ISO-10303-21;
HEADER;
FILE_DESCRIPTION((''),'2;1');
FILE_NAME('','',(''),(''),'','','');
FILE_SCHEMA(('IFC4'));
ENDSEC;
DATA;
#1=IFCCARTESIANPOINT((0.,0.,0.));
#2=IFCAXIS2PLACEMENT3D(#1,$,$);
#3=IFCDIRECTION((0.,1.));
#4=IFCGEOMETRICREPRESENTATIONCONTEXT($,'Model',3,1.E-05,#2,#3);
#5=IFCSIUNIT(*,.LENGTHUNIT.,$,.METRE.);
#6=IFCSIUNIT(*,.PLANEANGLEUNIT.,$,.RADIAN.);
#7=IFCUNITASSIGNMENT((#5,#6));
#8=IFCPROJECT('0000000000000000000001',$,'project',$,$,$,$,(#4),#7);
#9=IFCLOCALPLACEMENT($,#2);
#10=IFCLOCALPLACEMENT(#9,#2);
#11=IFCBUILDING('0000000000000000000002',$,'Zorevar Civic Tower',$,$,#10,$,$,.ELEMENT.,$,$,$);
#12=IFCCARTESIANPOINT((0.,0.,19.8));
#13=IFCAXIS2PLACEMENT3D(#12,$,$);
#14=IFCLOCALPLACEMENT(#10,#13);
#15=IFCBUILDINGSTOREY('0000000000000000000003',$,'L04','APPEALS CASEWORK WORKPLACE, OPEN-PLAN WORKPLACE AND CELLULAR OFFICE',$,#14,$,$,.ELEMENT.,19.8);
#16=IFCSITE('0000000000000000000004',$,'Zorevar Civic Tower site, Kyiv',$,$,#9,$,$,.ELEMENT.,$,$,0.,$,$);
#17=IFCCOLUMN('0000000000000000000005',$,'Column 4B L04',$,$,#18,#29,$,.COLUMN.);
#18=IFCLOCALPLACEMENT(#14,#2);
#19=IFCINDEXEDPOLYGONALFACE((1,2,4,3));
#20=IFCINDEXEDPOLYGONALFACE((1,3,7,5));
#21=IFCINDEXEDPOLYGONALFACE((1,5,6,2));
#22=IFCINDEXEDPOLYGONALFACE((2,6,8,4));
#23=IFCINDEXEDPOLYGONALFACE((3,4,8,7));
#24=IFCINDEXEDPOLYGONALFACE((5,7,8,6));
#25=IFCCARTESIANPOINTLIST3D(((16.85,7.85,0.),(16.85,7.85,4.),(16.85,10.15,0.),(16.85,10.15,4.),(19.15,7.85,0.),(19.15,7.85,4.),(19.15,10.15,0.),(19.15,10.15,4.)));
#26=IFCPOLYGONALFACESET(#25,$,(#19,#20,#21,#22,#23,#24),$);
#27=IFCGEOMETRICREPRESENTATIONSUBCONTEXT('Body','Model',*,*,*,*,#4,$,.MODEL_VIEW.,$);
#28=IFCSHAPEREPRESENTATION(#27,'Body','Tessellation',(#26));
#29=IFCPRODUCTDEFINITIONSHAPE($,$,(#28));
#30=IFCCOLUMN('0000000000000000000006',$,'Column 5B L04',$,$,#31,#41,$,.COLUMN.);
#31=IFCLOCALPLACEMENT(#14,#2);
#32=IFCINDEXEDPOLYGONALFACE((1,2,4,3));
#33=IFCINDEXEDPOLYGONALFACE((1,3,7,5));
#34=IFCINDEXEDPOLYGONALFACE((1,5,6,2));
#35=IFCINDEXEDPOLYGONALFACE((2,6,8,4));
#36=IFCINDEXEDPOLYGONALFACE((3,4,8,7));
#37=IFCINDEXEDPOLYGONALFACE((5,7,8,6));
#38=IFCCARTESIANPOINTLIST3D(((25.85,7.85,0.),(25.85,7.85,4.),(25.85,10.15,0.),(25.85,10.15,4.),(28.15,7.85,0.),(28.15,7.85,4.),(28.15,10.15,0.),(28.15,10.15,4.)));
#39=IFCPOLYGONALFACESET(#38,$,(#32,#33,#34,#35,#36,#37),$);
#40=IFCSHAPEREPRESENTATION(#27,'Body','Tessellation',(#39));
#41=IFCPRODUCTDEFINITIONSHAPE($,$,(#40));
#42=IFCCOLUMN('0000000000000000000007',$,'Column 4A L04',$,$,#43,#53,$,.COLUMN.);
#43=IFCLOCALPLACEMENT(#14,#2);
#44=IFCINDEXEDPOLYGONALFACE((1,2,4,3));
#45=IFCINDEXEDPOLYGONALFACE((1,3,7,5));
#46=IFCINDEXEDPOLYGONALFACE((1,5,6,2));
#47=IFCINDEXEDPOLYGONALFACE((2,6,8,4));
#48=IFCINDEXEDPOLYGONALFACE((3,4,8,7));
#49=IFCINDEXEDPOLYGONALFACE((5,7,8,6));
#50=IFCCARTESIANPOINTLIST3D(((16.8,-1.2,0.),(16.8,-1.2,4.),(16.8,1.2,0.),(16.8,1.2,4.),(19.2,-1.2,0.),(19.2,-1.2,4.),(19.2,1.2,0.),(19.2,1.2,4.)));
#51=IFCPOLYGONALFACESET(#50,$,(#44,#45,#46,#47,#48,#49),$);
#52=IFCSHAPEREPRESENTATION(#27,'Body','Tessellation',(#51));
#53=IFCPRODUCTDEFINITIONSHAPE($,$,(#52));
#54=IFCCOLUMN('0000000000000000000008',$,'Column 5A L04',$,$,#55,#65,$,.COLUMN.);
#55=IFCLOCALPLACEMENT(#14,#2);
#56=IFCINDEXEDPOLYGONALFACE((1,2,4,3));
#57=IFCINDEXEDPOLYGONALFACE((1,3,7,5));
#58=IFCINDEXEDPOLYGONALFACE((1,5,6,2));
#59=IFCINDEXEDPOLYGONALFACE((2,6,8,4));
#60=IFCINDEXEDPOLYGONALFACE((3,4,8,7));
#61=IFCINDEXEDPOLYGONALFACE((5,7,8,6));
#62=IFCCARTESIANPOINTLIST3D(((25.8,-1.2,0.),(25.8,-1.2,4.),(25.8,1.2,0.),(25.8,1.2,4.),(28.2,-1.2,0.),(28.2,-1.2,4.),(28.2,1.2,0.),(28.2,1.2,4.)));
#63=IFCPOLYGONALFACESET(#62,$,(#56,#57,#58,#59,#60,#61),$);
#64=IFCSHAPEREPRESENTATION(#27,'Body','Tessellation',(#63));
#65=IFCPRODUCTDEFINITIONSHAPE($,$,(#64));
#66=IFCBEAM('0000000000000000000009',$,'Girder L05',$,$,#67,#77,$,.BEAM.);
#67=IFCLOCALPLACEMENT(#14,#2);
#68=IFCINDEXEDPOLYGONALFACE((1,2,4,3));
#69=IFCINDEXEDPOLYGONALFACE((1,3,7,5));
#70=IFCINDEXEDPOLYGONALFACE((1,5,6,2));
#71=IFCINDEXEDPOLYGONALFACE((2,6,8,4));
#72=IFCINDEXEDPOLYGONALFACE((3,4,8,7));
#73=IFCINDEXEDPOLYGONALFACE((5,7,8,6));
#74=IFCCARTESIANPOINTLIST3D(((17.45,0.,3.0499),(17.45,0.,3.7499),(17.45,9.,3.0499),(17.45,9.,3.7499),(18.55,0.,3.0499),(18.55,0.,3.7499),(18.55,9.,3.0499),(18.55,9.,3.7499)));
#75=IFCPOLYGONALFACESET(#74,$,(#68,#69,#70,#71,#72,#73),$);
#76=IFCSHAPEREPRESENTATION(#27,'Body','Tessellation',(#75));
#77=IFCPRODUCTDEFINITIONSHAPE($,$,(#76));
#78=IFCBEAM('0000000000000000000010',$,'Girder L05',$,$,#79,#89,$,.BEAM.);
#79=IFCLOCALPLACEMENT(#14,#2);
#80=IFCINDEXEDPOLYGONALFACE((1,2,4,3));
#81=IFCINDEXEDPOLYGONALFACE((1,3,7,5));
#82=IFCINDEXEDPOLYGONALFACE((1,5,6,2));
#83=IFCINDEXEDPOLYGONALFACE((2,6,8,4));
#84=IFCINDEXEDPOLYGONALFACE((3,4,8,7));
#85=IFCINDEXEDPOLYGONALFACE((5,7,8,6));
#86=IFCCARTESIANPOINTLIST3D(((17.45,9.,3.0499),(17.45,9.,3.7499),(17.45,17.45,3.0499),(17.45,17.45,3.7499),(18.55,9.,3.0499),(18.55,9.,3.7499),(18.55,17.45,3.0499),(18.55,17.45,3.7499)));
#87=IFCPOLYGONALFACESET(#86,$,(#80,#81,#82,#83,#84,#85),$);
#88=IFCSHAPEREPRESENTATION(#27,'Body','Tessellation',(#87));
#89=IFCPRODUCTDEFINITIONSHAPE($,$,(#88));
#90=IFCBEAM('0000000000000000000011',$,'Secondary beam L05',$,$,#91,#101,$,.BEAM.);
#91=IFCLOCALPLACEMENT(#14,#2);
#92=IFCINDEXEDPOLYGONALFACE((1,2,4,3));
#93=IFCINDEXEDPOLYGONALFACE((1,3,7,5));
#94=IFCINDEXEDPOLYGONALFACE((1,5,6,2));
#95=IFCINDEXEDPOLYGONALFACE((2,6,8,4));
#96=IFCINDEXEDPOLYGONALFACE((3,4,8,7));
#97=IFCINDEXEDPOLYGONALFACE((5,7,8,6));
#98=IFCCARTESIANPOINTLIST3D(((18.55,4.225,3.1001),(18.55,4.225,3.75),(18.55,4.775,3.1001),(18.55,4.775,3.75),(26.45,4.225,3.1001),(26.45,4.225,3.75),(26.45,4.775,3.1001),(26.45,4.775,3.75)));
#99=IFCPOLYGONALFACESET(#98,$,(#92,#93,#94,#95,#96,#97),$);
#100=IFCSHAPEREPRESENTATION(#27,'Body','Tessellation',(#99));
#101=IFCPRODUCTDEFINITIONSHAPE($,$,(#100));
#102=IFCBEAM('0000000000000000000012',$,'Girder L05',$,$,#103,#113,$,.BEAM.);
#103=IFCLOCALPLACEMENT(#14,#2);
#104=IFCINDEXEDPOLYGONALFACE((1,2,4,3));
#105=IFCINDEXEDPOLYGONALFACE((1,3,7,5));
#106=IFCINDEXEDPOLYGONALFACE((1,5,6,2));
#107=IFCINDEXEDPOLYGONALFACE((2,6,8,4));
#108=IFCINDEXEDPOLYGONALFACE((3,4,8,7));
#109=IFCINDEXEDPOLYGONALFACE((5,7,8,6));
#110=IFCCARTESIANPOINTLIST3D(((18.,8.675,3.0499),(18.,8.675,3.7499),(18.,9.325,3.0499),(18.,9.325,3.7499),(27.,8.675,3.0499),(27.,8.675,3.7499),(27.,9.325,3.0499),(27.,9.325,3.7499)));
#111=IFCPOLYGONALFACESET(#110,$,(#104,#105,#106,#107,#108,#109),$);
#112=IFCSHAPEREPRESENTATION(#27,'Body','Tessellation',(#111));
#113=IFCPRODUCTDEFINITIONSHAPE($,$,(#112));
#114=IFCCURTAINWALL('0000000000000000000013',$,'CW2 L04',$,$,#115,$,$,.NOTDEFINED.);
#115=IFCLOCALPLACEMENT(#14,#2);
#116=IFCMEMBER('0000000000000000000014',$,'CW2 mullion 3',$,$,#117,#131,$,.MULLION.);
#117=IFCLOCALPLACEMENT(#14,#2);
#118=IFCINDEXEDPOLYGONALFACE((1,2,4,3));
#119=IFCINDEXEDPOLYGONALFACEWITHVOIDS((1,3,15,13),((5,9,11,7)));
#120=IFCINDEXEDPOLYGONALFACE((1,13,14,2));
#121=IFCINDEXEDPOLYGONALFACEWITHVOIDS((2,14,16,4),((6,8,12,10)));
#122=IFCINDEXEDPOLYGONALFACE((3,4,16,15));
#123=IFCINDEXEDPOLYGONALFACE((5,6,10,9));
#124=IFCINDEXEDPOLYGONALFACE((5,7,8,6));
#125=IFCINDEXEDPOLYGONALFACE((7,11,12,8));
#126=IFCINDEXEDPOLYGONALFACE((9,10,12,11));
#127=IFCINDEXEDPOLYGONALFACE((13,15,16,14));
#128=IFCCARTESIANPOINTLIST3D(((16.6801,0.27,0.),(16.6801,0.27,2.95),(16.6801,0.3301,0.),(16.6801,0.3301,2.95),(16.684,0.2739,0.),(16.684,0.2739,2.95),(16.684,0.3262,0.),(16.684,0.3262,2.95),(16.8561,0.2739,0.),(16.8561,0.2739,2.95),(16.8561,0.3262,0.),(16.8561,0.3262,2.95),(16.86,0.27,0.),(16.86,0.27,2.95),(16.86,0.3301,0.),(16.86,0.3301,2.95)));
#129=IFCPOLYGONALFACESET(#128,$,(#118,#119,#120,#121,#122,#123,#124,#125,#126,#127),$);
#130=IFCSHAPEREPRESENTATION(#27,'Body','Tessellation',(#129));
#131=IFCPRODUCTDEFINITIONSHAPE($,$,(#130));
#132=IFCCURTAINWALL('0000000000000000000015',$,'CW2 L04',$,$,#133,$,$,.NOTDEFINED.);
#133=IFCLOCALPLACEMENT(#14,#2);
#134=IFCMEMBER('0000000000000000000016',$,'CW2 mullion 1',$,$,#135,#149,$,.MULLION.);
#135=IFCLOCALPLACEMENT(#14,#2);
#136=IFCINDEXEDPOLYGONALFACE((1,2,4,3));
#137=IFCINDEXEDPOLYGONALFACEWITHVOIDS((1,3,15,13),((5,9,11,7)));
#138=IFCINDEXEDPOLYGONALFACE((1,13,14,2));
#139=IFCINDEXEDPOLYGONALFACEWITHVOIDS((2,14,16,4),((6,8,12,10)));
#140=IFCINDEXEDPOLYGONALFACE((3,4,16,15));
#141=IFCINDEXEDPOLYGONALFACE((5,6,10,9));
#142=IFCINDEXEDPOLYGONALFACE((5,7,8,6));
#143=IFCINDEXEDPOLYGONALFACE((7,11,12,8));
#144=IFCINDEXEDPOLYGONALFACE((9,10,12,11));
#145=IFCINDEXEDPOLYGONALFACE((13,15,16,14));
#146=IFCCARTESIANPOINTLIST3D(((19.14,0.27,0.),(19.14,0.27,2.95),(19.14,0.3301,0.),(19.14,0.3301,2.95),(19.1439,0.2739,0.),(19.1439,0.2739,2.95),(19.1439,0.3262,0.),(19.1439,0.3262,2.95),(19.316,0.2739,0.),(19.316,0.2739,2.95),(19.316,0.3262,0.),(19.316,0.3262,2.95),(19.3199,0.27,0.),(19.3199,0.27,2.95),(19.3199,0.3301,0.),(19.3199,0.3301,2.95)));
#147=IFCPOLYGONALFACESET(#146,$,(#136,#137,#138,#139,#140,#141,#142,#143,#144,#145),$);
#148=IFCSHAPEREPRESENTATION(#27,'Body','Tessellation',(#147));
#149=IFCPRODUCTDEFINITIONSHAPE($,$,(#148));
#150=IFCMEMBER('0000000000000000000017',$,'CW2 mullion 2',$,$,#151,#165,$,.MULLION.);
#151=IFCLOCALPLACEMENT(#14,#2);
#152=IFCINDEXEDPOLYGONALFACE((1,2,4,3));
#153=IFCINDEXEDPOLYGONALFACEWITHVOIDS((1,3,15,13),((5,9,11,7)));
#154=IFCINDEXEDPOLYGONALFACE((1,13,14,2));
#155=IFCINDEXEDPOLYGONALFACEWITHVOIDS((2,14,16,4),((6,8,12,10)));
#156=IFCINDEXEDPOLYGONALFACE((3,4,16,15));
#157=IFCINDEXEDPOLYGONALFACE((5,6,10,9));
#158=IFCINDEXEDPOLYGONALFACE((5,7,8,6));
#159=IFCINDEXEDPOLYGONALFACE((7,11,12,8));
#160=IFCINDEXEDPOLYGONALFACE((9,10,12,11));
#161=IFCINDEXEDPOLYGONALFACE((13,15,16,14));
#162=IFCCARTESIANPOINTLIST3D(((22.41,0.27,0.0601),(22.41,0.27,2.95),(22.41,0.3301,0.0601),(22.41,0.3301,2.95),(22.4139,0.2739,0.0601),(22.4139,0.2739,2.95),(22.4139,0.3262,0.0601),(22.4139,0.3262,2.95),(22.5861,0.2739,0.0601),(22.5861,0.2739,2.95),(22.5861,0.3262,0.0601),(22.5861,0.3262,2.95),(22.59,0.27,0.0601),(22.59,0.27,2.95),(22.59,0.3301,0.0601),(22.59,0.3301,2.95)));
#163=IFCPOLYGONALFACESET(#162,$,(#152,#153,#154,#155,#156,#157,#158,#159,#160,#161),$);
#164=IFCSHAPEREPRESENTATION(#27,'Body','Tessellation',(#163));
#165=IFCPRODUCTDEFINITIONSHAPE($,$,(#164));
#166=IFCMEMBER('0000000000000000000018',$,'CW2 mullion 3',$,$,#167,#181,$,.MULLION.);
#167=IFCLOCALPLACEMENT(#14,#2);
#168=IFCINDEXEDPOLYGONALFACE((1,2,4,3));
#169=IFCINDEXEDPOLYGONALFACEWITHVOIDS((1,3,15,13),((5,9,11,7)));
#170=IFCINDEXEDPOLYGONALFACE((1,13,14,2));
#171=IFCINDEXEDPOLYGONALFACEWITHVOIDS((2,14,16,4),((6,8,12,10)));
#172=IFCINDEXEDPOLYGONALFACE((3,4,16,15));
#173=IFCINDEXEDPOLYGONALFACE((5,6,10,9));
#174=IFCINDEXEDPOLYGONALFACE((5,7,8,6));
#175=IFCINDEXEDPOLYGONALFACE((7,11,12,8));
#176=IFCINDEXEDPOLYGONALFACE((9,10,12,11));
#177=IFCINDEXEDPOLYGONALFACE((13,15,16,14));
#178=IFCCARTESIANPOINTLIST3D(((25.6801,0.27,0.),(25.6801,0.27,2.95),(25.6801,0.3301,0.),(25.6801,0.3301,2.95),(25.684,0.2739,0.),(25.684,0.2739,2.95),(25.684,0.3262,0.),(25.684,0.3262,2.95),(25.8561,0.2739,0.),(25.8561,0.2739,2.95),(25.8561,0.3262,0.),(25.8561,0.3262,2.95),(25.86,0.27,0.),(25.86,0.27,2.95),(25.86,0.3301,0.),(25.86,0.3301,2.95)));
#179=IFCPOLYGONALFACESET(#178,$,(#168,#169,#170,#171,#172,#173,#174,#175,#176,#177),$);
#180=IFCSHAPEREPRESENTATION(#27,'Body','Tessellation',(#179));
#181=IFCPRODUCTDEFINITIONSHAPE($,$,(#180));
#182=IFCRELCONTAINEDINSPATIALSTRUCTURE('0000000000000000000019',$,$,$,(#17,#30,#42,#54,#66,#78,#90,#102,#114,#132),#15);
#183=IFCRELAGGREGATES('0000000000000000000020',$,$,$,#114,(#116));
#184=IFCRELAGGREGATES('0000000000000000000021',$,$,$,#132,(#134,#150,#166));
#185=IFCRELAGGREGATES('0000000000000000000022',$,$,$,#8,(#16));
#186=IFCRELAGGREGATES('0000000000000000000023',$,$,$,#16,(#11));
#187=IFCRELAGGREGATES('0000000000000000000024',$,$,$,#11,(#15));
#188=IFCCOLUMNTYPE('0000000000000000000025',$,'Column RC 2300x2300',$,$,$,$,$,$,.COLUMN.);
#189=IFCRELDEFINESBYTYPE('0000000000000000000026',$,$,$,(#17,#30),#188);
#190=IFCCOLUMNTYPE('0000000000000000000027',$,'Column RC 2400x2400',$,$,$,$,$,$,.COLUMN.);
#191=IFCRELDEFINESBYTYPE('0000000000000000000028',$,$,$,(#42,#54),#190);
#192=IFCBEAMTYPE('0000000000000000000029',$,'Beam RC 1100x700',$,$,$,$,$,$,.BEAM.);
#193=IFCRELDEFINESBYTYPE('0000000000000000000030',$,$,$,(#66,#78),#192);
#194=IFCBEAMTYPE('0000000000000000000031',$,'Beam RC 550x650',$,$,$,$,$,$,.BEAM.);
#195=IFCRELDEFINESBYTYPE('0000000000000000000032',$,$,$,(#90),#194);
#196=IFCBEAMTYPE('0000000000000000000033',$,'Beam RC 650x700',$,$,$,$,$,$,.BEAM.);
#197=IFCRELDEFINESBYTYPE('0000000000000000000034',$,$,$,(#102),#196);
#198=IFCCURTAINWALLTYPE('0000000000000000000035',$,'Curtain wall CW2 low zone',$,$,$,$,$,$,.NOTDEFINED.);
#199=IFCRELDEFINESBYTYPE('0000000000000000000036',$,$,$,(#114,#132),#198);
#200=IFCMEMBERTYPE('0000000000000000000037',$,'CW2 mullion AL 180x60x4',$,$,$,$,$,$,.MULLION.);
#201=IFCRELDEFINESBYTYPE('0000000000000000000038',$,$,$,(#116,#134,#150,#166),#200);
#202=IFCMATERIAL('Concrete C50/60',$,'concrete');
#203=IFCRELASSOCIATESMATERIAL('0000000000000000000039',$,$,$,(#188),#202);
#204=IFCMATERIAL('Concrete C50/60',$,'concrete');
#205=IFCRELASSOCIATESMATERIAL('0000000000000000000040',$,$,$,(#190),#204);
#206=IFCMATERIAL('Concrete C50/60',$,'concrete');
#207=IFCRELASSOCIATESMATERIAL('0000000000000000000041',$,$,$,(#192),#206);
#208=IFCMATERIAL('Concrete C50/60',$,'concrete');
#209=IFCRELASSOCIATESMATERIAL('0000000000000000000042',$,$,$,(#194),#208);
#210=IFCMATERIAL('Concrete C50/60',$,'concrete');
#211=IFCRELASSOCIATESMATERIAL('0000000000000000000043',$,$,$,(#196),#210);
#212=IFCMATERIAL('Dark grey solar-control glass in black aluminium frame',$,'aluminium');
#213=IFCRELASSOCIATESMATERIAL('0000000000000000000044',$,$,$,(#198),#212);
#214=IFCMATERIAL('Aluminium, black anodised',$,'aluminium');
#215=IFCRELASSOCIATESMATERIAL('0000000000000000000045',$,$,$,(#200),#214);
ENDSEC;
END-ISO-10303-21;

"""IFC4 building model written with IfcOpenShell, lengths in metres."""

from ifc_helpers import new_model, si_unit, direction, frame, origin, origin_2d, place, context, subcontext, project, spatial, rectangle, hollow_rectangle, extrude, material, material_profile, profile_set, type_object, element, aggregate, save


model = new_model("IFC4")

# Units and contexts
model_context = context("Model", 3, precision=1e-05, world=origin(), true_north=direction((0.0, 1.0)))
body_context = subcontext(model_context, "Body", "Model", "MODEL_VIEW")
ifc_project = project(units=[si_unit("LENGTHUNIT", "METRE"), si_unit("PLANEANGLEUNIT", "RADIAN")], contexts=[model_context])

# Site, building, storey
site_placement = place(None, origin())
site = spatial("IfcSite", under=ifc_project, at=site_placement, Name="Zorevar Civic Tower site, Kyiv", CompositionType="ELEMENT", RefElevation=0.0)
building_placement = place(site_placement, origin())
building = spatial("IfcBuilding", under=site, at=building_placement, Name="Zorevar Civic Tower", CompositionType="ELEMENT")
storey_placement = place(building_placement, frame((0.0, 0.0, 19.8)))
storey = spatial("IfcBuildingStorey", under=building, at=storey_placement, Name="L04", Description="APPEALS CASEWORK WORKPLACE, OPEN-PLAN WORKPLACE AND CELLULAR OFFICE", CompositionType="ELEMENT", Elevation=19.8)

# Columns
ifc_material_1 = material(Name="Concrete C50/60", Category="concrete")
ifc_material_profile_1 = material_profile(ifc_material_1, rectangle(XDim=2.3, YDim=2.3, at=origin_2d()), Name="RC 2300x2300")
ifc_profile_set_1 = profile_set([ifc_material_profile_1], Name="Concrete C50/60")
column_type_1 = type_object("IfcColumnType", Name="Column RC 2300x2300", PredefinedType="COLUMN", material=ifc_profile_set_1)
for number, where, z_axis, x_axis, name in (
    (1, (18.0, 9.0, 0.0), (0.0, 0.0, 1.0), (1.0, 0.0, 0.0), "Column 4B L04"),
    (2, (27.0, 9.0, 0.0), (0.0, 0.0, 1.0), (1.0, 0.0, 0.0), "Column 5B L04"),
):
    element("IfcColumn", number, at=place(storey_placement, frame(where, z_axis=z_axis, x_axis=x_axis)), inside=storey, type_object=column_type_1, Name=name, PredefinedType="COLUMN", context=body_context, shape_type="SweptSolid", body=[
        extrude(rectangle(XDim=2.3, YDim=2.3, at=origin_2d()), origin(), (0.0, 0.0, 1.0), 4.0),
    ])
ifc_material_2 = material(Name="Concrete C50/60", Category="concrete")
ifc_material_profile_2 = material_profile(ifc_material_2, rectangle(XDim=2.3999, YDim=2.3999, at=origin_2d()), Name="RC 2400x2400")
ifc_profile_set_2 = profile_set([ifc_material_profile_2], Name="Concrete C50/60")
column_type_2 = type_object("IfcColumnType", Name="Column RC 2400x2400", PredefinedType="COLUMN", material=ifc_profile_set_2)
for number, where, z_axis, x_axis, name in (
    (3, (18.0, 0.0, 0.0), (0.0, 0.0, 1.0), (1.0, 0.0, 0.0), "Column 4A L04"),
    (4, (27.0, 0.0, 0.0), (0.0, 0.0, 1.0), (1.0, 0.0, 0.0), "Column 5A L04"),
):
    element("IfcColumn", number, at=place(storey_placement, frame(where, z_axis=z_axis, x_axis=x_axis)), inside=storey, type_object=column_type_2, Name=name, PredefinedType="COLUMN", context=body_context, shape_type="SweptSolid", body=[
        extrude(rectangle(XDim=2.3999, YDim=2.3999, at=origin_2d()), origin(), (0.0, 0.0, 1.0), 4.0),
    ])

# Beams
ifc_material_3 = material(Name="Concrete C50/60", Category="concrete")
ifc_material_profile_3 = material_profile(ifc_material_3, rectangle(XDim=1.1001, YDim=0.7, at=origin_2d()), Name="RC 1100x700")
ifc_profile_set_3 = profile_set([ifc_material_profile_3], Name="Concrete C50/60")
beam_type_1 = type_object("IfcBeamType", Name="Beam RC 1100x700", PredefinedType="BEAM", material=ifc_profile_set_3)
beam_1_placement = place(storey_placement, frame((18.0, 0.0, 3.3999), z_axis=(0.0, 1.0, 0.0), x_axis=(-1.0, 0.0, 0.0)))
element("IfcBeam", 5, at=beam_1_placement, inside=storey, type_object=beam_type_1, Name="Girder L05", PredefinedType="BEAM", context=body_context, shape_type="SweptSolid", body=[
    extrude(rectangle(XDim=1.1001, YDim=0.7, at=origin_2d()), origin(), (0.0, 0.0, 1.0), 9.0),
])
beam_2_placement = place(storey_placement, frame((18.0, 9.0, 3.3999), z_axis=(0.0, 1.0, 0.0), x_axis=(-1.0, 0.0, 0.0)))
element("IfcBeam", 6, at=beam_2_placement, inside=storey, type_object=beam_type_1, Name="Girder L05", PredefinedType="BEAM", context=body_context, shape_type="SweptSolid", body=[
    extrude(rectangle(XDim=1.1001, YDim=0.7, at=origin_2d()), origin(), (0.0, 0.0, 1.0), 8.45),
])
ifc_material_4 = material(Name="Concrete C50/60", Category="concrete")
ifc_material_profile_4 = material_profile(ifc_material_4, rectangle(XDim=0.55, YDim=0.6499, at=origin_2d()), Name="RC 550x650")
ifc_profile_set_4 = profile_set([ifc_material_profile_4], Name="Concrete C50/60")
beam_type_2 = type_object("IfcBeamType", Name="Beam RC 550x650", PredefinedType="BEAM", material=ifc_profile_set_4)
beam_3_placement = place(storey_placement, frame((18.55, 4.5, 3.425), z_axis=(1.0, 0.0, 0.0), x_axis=(0.0, 1.0, 0.0)))
element("IfcBeam", 7, at=beam_3_placement, inside=storey, type_object=beam_type_2, Name="Secondary beam L05", PredefinedType="BEAM", context=body_context, shape_type="SweptSolid", body=[
    extrude(rectangle(XDim=0.55, YDim=0.6499, at=origin_2d()), origin(), (0.0, 0.0, 1.0), 7.8999),
])
ifc_material_5 = material(Name="Concrete C50/60", Category="concrete")
ifc_material_profile_5 = material_profile(ifc_material_5, rectangle(XDim=0.6499, YDim=0.7, at=origin_2d()), Name="RC 650x700")
ifc_profile_set_5 = profile_set([ifc_material_profile_5], Name="Concrete C50/60")
beam_type_3 = type_object("IfcBeamType", Name="Beam RC 650x700", PredefinedType="BEAM", material=ifc_profile_set_5)
beam_4_placement = place(storey_placement, frame((18.0, 9.0, 3.3999), z_axis=(1.0, 0.0, 0.0), x_axis=(0.0, 1.0, 0.0)))
element("IfcBeam", 8, at=beam_4_placement, inside=storey, type_object=beam_type_3, Name="Girder L05", PredefinedType="BEAM", context=body_context, shape_type="SweptSolid", body=[
    extrude(rectangle(XDim=0.6499, YDim=0.7, at=origin_2d()), origin(), (0.0, 0.0, 1.0), 9.0),
])

# Curtain wall, member
ifc_material_6 = material(Name="Dark grey solar-control glass in black aluminium frame", Category="aluminium")
curtain_wall_type = type_object("IfcCurtainWallType", Name="Curtain wall CW2 low zone", PredefinedType="NOTDEFINED", material=ifc_material_6)
curtain_wall_1_placement = place(storey_placement, origin())
curtain_wall_1 = element("IfcCurtainWall", 9, at=curtain_wall_1_placement, inside=storey, type_object=curtain_wall_type, Name="CW2 L04", PredefinedType="NOTDEFINED")
ifc_material_7 = material(Name="Aluminium, black anodised", Category="aluminium")
ifc_material_profile_6 = material_profile(ifc_material_7, hollow_rectangle(XDim=0.0601, YDim=0.1799, WallThickness=0.0039, at=origin_2d()), Name="AL 180x60x4")
ifc_profile_set_6 = profile_set([ifc_material_profile_6], Name="Aluminium, black anodised")
member_type_1 = type_object("IfcMemberType", Name="CW2 mullion AL 180x60x4", PredefinedType="MULLION", material=ifc_profile_set_6)
member_1_placement = place(storey_placement, frame((16.77, 0.3, 0.0), z_axis=(0.0, 0.0, 1.0), x_axis=(0.0, 1.0, 0.0)))
member_1 = element("IfcMember", 10, at=member_1_placement, type_object=member_type_1, Name="CW2 mullion 3", PredefinedType="MULLION", context=body_context, shape_type="SweptSolid", body=[
    extrude(hollow_rectangle(XDim=0.0601, YDim=0.1799, WallThickness=0.0039, at=origin_2d()), origin(), (0.0, 0.0, 1.0), 2.95),
])

# Curtain wall, members
curtain_wall_2_placement = place(storey_placement, origin())
curtain_wall_2 = element("IfcCurtainWall", 11, at=curtain_wall_2_placement, inside=storey, type_object=curtain_wall_type, Name="CW2 L04", PredefinedType="NOTDEFINED")
member_2_placement = place(storey_placement, frame((19.23, 0.3, 0.0), z_axis=(0.0, 0.0, 1.0), x_axis=(0.0, 1.0, 0.0)))
member_2 = element("IfcMember", 12, at=member_2_placement, type_object=member_type_1, Name="CW2 mullion 1", PredefinedType="MULLION", context=body_context, shape_type="SweptSolid", body=[
    extrude(hollow_rectangle(XDim=0.0601, YDim=0.1799, WallThickness=0.0039, at=origin_2d()), origin(), (0.0, 0.0, 1.0), 2.95),
])
member_3_placement = place(storey_placement, frame((22.5, 0.3, 0.0601), z_axis=(0.0, 0.0, 1.0), x_axis=(0.0, 1.0, 0.0)))
member_3 = element("IfcMember", 13, at=member_3_placement, type_object=member_type_1, Name="CW2 mullion 2", PredefinedType="MULLION", context=body_context, shape_type="SweptSolid", body=[
    extrude(hollow_rectangle(XDim=0.0601, YDim=0.1799, WallThickness=0.0039, at=origin_2d()), origin(), (0.0, 0.0, 1.0), 2.8899),
])
member_4_placement = place(storey_placement, frame((25.77, 0.3, 0.0), z_axis=(0.0, 0.0, 1.0), x_axis=(0.0, 1.0, 0.0)))
member_4 = element("IfcMember", 14, at=member_4_placement, type_object=member_type_1, Name="CW2 mullion 3", PredefinedType="MULLION", context=body_context, shape_type="SweptSolid", body=[
    extrude(hollow_rectangle(XDim=0.0601, YDim=0.1799, WallThickness=0.0039, at=origin_2d()), origin(), (0.0, 0.0, 1.0), 2.95),
])

aggregate(curtain_wall_1, [member_1])
aggregate(curtain_wall_2, [member_2, member_3, member_4])

save(model, "model.ifc")
